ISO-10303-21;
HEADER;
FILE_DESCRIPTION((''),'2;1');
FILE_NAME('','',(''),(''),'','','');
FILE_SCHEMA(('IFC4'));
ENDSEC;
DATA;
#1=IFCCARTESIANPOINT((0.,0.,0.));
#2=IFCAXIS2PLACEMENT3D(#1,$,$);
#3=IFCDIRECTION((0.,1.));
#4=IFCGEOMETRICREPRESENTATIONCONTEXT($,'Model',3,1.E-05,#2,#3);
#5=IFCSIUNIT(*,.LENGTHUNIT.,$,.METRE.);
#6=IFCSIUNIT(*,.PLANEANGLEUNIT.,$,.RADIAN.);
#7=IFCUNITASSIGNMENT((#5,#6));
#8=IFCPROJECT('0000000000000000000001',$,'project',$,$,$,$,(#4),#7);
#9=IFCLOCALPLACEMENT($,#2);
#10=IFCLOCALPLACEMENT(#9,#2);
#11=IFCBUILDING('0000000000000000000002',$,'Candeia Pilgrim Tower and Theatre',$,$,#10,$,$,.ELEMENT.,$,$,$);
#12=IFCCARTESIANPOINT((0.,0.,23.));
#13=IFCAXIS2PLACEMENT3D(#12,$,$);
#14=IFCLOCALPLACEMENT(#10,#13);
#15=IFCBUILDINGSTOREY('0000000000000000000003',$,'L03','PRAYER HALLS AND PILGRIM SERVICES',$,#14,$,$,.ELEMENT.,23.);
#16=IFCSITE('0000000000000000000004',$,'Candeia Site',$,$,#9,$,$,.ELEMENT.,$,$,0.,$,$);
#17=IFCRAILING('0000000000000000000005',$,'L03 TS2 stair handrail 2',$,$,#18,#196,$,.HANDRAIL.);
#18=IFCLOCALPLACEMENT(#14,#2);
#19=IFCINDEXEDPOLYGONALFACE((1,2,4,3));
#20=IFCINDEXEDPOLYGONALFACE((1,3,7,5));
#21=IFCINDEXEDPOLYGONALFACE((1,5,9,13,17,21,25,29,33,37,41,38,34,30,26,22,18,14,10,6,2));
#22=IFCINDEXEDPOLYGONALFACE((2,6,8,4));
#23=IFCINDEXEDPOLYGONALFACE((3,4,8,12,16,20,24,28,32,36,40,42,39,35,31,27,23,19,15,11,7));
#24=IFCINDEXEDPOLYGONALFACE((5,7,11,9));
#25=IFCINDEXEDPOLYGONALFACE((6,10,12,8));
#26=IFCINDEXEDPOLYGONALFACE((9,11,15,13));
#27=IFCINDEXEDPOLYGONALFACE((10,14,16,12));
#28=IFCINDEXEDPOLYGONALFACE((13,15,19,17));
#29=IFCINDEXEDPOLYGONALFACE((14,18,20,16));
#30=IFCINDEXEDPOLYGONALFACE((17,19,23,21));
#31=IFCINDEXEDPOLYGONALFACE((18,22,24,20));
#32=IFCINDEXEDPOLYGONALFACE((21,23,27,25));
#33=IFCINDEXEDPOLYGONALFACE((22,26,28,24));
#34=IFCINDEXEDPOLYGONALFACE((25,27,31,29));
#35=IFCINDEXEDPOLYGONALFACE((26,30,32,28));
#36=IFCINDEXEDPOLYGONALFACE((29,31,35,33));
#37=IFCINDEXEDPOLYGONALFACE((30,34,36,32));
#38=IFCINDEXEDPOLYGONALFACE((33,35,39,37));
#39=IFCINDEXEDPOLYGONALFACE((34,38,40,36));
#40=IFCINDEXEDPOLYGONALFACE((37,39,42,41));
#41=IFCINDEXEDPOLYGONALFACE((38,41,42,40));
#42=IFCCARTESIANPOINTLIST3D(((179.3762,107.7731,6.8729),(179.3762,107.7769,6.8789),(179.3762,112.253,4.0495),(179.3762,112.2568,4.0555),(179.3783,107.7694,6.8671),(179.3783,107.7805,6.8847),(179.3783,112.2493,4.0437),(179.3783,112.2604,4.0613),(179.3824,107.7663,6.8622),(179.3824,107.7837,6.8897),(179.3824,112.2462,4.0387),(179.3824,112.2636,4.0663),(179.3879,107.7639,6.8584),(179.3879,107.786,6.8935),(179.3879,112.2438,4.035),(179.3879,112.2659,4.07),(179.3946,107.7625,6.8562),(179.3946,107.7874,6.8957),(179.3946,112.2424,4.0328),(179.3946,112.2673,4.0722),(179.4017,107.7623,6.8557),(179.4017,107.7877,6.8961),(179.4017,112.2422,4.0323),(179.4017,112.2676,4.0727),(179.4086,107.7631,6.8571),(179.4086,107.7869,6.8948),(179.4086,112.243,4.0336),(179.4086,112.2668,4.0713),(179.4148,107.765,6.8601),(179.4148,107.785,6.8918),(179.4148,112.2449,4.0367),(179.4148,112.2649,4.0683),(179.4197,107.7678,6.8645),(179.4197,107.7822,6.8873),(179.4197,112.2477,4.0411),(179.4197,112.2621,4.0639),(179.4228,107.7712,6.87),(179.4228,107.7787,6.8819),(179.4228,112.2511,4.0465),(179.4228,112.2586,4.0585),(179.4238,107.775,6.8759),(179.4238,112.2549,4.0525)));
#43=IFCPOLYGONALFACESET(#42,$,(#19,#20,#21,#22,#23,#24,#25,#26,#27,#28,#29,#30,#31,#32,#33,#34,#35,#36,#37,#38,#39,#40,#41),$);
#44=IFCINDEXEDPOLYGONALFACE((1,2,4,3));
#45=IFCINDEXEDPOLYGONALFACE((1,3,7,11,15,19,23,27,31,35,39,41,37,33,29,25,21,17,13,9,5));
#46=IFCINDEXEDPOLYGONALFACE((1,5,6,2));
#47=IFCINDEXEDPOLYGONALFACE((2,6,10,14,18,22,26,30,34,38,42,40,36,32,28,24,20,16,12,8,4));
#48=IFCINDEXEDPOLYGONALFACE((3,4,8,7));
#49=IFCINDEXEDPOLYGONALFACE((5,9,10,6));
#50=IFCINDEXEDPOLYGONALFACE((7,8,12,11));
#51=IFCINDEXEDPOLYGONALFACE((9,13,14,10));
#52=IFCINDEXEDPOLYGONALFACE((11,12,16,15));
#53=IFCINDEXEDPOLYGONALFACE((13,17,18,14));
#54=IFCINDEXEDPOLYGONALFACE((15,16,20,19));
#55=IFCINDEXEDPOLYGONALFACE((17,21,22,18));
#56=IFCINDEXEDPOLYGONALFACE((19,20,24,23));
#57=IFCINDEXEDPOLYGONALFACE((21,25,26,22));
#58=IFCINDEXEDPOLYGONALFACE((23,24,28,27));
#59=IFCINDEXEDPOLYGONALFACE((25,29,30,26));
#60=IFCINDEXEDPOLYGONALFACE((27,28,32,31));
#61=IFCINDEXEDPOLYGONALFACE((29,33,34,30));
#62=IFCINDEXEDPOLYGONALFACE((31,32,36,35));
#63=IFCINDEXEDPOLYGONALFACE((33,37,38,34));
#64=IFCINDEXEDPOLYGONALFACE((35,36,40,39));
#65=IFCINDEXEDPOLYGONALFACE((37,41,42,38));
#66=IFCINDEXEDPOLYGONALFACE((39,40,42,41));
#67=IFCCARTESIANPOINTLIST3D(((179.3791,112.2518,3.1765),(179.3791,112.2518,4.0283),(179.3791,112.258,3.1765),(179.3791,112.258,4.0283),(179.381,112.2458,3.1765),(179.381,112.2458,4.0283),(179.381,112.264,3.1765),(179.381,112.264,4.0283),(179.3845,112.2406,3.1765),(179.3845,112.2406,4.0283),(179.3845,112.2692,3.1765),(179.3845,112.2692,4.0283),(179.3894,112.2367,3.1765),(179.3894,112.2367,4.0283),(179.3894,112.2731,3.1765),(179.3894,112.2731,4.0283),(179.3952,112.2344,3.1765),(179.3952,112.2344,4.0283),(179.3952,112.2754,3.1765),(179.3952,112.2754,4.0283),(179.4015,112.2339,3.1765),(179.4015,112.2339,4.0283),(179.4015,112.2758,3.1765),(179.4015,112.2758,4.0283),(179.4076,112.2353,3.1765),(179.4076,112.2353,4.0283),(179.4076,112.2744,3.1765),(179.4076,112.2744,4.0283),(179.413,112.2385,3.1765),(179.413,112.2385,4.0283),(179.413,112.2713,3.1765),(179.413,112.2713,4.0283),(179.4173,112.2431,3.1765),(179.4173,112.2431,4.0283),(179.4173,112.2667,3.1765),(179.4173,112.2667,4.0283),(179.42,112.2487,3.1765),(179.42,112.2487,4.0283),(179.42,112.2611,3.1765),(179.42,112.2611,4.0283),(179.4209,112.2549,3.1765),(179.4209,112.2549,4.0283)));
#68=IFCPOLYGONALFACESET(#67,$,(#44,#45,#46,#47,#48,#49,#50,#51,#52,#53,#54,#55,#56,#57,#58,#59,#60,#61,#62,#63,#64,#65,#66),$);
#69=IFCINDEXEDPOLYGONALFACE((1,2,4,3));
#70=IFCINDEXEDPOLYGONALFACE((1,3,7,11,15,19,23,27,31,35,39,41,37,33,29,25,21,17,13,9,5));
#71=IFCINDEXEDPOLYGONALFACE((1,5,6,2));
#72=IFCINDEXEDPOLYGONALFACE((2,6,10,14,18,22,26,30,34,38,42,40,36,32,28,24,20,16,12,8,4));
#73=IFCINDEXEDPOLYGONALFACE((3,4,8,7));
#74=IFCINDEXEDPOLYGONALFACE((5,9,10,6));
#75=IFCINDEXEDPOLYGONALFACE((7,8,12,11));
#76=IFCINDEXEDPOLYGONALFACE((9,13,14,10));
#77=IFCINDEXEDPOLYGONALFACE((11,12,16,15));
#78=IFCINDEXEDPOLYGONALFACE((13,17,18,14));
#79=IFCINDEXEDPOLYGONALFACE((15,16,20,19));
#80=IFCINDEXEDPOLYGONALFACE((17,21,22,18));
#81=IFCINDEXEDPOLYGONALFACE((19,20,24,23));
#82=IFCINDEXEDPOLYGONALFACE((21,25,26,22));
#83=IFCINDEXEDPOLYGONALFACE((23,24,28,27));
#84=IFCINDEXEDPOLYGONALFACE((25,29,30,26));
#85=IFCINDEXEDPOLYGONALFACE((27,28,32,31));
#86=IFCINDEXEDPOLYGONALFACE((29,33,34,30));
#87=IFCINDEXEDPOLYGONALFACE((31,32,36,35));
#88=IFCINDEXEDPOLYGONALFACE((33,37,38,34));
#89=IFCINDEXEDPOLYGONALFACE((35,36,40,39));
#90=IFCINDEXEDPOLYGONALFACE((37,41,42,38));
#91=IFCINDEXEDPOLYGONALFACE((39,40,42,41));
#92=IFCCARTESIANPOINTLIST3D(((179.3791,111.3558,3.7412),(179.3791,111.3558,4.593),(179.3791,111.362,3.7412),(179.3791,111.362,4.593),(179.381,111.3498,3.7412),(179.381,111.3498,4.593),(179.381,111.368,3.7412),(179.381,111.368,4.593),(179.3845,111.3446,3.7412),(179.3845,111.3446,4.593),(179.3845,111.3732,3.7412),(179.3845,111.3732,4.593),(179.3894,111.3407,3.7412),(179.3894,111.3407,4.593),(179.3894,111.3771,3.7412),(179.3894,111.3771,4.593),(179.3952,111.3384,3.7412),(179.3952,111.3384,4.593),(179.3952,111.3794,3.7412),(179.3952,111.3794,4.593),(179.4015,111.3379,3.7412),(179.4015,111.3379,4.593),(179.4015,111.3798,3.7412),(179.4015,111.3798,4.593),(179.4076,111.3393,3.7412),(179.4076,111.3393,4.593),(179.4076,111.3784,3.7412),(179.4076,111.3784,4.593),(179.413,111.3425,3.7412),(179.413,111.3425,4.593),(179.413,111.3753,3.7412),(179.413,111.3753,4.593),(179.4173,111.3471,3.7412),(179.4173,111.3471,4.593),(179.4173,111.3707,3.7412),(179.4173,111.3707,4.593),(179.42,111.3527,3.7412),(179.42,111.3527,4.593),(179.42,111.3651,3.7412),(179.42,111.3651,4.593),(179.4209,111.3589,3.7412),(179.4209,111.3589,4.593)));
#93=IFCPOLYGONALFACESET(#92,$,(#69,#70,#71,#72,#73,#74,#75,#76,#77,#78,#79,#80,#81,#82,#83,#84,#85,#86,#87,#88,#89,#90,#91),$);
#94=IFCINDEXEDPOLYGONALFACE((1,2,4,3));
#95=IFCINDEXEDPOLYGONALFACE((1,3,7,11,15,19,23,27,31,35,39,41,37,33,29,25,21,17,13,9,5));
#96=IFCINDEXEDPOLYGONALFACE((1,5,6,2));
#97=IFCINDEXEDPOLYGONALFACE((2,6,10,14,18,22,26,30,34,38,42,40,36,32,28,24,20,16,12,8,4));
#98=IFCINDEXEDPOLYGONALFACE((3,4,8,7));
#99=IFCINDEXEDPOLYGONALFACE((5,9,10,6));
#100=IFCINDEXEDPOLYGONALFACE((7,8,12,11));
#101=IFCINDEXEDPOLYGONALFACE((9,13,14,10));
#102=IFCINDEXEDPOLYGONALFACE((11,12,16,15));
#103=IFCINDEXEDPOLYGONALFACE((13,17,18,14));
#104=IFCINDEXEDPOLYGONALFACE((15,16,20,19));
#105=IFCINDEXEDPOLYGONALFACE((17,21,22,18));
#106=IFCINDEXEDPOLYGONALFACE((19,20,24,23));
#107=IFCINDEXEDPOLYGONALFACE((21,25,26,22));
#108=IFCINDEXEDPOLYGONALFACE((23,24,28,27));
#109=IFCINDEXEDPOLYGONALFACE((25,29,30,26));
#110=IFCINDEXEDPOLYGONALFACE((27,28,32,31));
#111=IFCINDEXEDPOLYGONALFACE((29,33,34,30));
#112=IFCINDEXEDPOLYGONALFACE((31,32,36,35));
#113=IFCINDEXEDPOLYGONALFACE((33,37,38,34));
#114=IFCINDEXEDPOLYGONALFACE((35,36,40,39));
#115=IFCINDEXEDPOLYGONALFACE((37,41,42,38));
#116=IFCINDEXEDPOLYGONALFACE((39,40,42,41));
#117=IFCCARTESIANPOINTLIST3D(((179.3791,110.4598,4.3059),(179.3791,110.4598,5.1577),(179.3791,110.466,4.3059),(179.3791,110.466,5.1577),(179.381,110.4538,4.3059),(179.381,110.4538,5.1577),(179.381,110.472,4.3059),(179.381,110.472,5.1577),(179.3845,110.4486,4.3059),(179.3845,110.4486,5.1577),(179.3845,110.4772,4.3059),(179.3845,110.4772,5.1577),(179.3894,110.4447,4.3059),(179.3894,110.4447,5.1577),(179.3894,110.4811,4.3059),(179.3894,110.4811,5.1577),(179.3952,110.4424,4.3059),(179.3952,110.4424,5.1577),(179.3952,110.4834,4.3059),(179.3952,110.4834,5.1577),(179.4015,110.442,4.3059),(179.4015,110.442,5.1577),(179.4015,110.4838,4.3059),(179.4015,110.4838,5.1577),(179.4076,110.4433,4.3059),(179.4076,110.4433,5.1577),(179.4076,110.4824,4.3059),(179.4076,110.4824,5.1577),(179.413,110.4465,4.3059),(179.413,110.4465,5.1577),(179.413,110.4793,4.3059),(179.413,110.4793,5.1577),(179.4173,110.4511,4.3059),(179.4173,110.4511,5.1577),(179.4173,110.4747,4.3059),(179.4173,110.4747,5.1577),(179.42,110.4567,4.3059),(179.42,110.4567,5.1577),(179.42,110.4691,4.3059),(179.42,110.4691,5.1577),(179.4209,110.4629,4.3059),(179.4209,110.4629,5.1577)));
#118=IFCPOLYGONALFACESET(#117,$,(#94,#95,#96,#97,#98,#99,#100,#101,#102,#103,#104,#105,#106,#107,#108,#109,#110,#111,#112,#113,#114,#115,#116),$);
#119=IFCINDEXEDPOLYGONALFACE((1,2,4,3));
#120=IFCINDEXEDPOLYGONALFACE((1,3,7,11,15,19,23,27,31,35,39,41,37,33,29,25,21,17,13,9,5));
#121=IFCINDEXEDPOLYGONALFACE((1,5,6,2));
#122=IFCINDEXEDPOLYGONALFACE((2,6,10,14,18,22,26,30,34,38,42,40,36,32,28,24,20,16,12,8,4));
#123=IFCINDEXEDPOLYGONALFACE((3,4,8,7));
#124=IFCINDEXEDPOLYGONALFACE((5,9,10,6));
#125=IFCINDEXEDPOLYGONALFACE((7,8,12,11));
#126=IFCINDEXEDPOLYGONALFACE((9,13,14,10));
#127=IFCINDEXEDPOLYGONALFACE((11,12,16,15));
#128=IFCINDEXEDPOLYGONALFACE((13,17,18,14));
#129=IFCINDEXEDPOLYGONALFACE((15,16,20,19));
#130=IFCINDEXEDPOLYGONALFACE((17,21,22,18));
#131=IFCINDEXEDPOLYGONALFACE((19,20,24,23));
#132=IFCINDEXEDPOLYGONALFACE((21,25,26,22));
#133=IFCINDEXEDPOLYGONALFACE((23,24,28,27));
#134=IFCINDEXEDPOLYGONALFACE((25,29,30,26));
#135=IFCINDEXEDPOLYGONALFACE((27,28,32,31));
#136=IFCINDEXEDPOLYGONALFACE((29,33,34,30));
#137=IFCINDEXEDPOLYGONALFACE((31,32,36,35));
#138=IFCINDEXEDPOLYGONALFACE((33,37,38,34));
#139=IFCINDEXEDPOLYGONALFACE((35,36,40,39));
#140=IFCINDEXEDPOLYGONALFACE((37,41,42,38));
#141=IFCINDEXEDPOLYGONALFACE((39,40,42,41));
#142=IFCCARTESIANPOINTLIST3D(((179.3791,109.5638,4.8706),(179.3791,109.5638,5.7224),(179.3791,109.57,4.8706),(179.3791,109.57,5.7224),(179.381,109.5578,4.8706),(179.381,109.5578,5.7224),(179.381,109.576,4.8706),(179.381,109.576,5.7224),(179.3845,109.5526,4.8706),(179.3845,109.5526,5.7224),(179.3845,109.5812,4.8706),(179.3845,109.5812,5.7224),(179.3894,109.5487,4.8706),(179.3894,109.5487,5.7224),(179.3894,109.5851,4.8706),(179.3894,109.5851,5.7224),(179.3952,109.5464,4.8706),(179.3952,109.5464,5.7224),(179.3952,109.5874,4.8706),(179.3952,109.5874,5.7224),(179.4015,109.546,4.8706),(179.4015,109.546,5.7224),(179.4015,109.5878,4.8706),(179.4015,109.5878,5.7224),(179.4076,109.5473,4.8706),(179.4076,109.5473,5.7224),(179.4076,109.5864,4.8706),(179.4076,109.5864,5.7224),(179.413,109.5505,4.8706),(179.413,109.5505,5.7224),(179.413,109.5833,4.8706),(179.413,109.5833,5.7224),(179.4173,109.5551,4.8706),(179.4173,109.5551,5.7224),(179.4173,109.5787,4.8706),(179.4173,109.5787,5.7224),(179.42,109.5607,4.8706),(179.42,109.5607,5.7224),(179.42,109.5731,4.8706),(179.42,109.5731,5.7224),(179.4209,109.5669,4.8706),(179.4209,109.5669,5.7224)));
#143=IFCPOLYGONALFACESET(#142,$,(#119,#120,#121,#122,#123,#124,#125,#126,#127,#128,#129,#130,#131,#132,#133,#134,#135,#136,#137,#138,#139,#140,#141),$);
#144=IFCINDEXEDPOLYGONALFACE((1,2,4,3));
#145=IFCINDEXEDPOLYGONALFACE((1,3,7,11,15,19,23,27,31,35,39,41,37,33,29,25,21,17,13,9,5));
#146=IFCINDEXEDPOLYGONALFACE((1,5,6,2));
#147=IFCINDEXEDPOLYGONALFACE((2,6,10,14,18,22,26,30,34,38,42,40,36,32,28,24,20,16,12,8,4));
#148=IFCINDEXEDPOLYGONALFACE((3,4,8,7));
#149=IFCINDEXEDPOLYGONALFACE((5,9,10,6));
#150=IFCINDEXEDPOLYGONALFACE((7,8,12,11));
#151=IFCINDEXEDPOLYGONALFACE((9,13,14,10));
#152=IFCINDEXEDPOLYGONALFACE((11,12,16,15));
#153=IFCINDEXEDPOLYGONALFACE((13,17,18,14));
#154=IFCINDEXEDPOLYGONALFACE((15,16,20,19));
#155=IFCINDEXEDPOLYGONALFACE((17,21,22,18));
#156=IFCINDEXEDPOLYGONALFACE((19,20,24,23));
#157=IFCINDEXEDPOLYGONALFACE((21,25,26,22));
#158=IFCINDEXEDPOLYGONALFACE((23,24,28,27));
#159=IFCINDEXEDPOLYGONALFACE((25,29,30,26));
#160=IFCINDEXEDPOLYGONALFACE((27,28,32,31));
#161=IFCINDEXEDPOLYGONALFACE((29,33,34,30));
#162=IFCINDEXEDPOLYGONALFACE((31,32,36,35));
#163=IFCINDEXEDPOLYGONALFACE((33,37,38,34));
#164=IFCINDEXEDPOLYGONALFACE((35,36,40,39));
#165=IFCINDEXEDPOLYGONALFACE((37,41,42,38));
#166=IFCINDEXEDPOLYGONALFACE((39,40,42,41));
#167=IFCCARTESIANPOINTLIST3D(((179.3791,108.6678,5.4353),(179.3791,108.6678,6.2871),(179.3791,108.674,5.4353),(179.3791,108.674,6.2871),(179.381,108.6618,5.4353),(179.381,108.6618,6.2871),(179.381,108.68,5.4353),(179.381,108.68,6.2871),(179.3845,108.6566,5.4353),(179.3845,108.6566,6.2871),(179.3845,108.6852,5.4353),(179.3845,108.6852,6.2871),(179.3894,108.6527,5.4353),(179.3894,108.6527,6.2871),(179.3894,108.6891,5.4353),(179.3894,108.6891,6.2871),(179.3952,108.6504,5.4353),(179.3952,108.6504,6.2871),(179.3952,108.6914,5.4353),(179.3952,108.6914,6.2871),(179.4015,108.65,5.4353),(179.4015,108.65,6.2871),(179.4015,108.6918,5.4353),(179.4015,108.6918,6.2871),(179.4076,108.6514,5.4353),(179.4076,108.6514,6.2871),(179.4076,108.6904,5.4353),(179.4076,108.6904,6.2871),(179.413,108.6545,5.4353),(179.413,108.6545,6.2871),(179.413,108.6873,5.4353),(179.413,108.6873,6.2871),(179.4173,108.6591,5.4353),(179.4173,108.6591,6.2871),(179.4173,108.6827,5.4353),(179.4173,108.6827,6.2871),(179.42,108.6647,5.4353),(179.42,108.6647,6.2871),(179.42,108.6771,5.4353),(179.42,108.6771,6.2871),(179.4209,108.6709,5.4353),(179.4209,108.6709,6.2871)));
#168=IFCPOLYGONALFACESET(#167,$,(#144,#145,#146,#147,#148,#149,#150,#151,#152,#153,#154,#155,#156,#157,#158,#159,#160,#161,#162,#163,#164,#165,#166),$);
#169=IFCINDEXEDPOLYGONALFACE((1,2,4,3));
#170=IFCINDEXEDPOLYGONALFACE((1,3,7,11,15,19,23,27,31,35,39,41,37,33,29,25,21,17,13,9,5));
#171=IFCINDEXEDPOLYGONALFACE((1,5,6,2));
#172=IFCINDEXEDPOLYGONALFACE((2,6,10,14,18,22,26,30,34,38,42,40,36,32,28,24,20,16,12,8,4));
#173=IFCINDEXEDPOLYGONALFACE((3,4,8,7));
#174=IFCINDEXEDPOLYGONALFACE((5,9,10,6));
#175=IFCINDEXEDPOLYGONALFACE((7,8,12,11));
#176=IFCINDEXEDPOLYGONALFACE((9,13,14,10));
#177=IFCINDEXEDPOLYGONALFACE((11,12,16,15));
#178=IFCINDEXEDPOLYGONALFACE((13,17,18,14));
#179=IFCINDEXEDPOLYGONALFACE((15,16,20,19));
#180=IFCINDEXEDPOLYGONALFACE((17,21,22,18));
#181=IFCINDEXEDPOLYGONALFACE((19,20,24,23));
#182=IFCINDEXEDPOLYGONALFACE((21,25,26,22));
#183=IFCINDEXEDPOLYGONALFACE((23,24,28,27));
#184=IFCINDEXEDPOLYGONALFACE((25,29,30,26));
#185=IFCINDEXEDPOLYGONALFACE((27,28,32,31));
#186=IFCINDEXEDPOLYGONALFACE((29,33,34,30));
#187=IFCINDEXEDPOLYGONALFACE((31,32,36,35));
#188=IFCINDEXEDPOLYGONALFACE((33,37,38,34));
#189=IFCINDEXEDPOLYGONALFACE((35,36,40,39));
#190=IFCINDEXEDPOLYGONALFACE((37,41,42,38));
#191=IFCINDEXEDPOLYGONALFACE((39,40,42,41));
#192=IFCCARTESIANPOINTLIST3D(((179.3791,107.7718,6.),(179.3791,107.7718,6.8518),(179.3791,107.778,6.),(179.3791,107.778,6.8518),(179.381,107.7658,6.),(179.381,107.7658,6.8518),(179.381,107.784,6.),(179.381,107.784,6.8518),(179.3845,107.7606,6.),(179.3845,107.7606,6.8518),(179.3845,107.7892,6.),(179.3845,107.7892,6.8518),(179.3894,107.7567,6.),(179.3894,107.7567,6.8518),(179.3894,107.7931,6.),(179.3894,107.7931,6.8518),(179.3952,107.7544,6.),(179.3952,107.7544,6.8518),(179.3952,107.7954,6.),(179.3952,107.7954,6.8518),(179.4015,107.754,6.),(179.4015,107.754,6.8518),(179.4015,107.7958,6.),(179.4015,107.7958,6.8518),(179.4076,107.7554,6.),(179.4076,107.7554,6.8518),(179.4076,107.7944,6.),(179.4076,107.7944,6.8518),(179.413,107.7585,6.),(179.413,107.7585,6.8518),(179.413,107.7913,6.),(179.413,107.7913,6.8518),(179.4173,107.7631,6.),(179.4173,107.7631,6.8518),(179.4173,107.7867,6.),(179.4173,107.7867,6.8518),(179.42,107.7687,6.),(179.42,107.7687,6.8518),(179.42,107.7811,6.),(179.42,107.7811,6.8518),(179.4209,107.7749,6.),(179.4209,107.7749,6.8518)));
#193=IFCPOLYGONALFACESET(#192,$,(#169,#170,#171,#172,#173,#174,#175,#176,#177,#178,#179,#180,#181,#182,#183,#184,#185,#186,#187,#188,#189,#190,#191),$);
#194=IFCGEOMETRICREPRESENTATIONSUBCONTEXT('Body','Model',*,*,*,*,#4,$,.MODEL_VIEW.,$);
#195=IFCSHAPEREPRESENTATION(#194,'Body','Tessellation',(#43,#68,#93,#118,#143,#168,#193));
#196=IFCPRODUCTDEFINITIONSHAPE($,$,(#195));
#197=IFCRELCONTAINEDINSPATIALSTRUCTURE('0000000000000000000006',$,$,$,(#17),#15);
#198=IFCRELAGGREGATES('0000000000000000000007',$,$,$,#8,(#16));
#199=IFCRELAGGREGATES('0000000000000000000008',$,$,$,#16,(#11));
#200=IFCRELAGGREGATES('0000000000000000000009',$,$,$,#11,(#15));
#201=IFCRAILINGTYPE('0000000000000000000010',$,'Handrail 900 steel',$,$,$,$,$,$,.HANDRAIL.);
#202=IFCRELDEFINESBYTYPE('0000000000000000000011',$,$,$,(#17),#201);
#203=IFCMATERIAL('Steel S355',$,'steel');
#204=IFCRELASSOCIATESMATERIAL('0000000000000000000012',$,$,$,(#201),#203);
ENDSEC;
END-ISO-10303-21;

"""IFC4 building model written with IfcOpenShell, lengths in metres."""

from ifc_helpers import new_model, si_unit, direction, frame, origin, origin_2d, place, context, subcontext, project, spatial, circle, extrude, material, type_object, element, save


model = new_model("IFC4")

# Units and contexts
model_context = context("Model", 3, precision=1e-05, world=origin(), true_north=direction((0.0, 1.0)))
body_context = subcontext(model_context, "Body", "Model", "MODEL_VIEW")
ifc_project = project(units=[si_unit("LENGTHUNIT", "METRE"), si_unit("PLANEANGLEUNIT", "RADIAN")], contexts=[model_context])

# Site, building, storey
site_placement = place(None, origin())
site = spatial("IfcSite", under=ifc_project, at=site_placement, Name="Candeia Site", CompositionType="ELEMENT", RefElevation=0.0)
building_placement = place(site_placement, origin())
building = spatial("IfcBuilding", under=site, at=building_placement, Name="Candeia Pilgrim Tower and Theatre", CompositionType="ELEMENT")
storey_placement = place(building_placement, frame((0.0, 0.0, 23.0)))
storey = spatial("IfcBuildingStorey", under=building, at=storey_placement, Name="L03", Description="PRAYER HALLS AND PILGRIM SERVICES", CompositionType="ELEMENT", Elevation=23.0)

# Railing
ifc_material_1 = material(Name="Steel S355", Category="steel")
railing_type_1 = type_object("IfcRailingType", Name="Handrail 900 steel", PredefinedType="HANDRAIL", material=ifc_material_1)
for number, where, name in (
    (1, (179.3999, 112.2549, 3.1765), "L03 TS2 stair handrail 2"),
):
    element("IfcRailing", number, at=place(storey_placement, frame(where)), inside=storey, type_object=railing_type_1, Name=name, PredefinedType="HANDRAIL", context=body_context, shape_type="SweptSolid", body=[
        extrude(circle(Radius=0.0239, at=origin_2d()), frame((0.0, 0.0, 0.876), z_axis=(0.0, -0.845998, 0.533186), x_axis=(1.0, 0.0, 0.0)), (0.0, 0.0, 1.0), 5.2954),
        extrude(circle(Radius=0.021, at=origin_2d()), origin(), (0.0, 0.0, 1.0), 0.8518),
        extrude(circle(Radius=0.021, at=origin_2d()), frame((0.0, -0.896, 0.5647)), (0.0, 0.0, 1.0), 0.8518),
        extrude(circle(Radius=0.021, at=origin_2d()), frame((0.0, -1.792, 1.1294)), (0.0, 0.0, 1.0), 0.8518),
        extrude(circle(Radius=0.021, at=origin_2d()), frame((0.0, -2.688, 1.6941)), (0.0, 0.0, 1.0), 0.8518),
        extrude(circle(Radius=0.021, at=origin_2d()), frame((0.0, -3.584, 2.2588)), (0.0, 0.0, 1.0), 0.8518),
        extrude(circle(Radius=0.021, at=origin_2d()), frame((0.0, -4.48, 2.8235)), (0.0, 0.0, 1.0), 0.8518),
    ])

save(model, "model.ifc")
